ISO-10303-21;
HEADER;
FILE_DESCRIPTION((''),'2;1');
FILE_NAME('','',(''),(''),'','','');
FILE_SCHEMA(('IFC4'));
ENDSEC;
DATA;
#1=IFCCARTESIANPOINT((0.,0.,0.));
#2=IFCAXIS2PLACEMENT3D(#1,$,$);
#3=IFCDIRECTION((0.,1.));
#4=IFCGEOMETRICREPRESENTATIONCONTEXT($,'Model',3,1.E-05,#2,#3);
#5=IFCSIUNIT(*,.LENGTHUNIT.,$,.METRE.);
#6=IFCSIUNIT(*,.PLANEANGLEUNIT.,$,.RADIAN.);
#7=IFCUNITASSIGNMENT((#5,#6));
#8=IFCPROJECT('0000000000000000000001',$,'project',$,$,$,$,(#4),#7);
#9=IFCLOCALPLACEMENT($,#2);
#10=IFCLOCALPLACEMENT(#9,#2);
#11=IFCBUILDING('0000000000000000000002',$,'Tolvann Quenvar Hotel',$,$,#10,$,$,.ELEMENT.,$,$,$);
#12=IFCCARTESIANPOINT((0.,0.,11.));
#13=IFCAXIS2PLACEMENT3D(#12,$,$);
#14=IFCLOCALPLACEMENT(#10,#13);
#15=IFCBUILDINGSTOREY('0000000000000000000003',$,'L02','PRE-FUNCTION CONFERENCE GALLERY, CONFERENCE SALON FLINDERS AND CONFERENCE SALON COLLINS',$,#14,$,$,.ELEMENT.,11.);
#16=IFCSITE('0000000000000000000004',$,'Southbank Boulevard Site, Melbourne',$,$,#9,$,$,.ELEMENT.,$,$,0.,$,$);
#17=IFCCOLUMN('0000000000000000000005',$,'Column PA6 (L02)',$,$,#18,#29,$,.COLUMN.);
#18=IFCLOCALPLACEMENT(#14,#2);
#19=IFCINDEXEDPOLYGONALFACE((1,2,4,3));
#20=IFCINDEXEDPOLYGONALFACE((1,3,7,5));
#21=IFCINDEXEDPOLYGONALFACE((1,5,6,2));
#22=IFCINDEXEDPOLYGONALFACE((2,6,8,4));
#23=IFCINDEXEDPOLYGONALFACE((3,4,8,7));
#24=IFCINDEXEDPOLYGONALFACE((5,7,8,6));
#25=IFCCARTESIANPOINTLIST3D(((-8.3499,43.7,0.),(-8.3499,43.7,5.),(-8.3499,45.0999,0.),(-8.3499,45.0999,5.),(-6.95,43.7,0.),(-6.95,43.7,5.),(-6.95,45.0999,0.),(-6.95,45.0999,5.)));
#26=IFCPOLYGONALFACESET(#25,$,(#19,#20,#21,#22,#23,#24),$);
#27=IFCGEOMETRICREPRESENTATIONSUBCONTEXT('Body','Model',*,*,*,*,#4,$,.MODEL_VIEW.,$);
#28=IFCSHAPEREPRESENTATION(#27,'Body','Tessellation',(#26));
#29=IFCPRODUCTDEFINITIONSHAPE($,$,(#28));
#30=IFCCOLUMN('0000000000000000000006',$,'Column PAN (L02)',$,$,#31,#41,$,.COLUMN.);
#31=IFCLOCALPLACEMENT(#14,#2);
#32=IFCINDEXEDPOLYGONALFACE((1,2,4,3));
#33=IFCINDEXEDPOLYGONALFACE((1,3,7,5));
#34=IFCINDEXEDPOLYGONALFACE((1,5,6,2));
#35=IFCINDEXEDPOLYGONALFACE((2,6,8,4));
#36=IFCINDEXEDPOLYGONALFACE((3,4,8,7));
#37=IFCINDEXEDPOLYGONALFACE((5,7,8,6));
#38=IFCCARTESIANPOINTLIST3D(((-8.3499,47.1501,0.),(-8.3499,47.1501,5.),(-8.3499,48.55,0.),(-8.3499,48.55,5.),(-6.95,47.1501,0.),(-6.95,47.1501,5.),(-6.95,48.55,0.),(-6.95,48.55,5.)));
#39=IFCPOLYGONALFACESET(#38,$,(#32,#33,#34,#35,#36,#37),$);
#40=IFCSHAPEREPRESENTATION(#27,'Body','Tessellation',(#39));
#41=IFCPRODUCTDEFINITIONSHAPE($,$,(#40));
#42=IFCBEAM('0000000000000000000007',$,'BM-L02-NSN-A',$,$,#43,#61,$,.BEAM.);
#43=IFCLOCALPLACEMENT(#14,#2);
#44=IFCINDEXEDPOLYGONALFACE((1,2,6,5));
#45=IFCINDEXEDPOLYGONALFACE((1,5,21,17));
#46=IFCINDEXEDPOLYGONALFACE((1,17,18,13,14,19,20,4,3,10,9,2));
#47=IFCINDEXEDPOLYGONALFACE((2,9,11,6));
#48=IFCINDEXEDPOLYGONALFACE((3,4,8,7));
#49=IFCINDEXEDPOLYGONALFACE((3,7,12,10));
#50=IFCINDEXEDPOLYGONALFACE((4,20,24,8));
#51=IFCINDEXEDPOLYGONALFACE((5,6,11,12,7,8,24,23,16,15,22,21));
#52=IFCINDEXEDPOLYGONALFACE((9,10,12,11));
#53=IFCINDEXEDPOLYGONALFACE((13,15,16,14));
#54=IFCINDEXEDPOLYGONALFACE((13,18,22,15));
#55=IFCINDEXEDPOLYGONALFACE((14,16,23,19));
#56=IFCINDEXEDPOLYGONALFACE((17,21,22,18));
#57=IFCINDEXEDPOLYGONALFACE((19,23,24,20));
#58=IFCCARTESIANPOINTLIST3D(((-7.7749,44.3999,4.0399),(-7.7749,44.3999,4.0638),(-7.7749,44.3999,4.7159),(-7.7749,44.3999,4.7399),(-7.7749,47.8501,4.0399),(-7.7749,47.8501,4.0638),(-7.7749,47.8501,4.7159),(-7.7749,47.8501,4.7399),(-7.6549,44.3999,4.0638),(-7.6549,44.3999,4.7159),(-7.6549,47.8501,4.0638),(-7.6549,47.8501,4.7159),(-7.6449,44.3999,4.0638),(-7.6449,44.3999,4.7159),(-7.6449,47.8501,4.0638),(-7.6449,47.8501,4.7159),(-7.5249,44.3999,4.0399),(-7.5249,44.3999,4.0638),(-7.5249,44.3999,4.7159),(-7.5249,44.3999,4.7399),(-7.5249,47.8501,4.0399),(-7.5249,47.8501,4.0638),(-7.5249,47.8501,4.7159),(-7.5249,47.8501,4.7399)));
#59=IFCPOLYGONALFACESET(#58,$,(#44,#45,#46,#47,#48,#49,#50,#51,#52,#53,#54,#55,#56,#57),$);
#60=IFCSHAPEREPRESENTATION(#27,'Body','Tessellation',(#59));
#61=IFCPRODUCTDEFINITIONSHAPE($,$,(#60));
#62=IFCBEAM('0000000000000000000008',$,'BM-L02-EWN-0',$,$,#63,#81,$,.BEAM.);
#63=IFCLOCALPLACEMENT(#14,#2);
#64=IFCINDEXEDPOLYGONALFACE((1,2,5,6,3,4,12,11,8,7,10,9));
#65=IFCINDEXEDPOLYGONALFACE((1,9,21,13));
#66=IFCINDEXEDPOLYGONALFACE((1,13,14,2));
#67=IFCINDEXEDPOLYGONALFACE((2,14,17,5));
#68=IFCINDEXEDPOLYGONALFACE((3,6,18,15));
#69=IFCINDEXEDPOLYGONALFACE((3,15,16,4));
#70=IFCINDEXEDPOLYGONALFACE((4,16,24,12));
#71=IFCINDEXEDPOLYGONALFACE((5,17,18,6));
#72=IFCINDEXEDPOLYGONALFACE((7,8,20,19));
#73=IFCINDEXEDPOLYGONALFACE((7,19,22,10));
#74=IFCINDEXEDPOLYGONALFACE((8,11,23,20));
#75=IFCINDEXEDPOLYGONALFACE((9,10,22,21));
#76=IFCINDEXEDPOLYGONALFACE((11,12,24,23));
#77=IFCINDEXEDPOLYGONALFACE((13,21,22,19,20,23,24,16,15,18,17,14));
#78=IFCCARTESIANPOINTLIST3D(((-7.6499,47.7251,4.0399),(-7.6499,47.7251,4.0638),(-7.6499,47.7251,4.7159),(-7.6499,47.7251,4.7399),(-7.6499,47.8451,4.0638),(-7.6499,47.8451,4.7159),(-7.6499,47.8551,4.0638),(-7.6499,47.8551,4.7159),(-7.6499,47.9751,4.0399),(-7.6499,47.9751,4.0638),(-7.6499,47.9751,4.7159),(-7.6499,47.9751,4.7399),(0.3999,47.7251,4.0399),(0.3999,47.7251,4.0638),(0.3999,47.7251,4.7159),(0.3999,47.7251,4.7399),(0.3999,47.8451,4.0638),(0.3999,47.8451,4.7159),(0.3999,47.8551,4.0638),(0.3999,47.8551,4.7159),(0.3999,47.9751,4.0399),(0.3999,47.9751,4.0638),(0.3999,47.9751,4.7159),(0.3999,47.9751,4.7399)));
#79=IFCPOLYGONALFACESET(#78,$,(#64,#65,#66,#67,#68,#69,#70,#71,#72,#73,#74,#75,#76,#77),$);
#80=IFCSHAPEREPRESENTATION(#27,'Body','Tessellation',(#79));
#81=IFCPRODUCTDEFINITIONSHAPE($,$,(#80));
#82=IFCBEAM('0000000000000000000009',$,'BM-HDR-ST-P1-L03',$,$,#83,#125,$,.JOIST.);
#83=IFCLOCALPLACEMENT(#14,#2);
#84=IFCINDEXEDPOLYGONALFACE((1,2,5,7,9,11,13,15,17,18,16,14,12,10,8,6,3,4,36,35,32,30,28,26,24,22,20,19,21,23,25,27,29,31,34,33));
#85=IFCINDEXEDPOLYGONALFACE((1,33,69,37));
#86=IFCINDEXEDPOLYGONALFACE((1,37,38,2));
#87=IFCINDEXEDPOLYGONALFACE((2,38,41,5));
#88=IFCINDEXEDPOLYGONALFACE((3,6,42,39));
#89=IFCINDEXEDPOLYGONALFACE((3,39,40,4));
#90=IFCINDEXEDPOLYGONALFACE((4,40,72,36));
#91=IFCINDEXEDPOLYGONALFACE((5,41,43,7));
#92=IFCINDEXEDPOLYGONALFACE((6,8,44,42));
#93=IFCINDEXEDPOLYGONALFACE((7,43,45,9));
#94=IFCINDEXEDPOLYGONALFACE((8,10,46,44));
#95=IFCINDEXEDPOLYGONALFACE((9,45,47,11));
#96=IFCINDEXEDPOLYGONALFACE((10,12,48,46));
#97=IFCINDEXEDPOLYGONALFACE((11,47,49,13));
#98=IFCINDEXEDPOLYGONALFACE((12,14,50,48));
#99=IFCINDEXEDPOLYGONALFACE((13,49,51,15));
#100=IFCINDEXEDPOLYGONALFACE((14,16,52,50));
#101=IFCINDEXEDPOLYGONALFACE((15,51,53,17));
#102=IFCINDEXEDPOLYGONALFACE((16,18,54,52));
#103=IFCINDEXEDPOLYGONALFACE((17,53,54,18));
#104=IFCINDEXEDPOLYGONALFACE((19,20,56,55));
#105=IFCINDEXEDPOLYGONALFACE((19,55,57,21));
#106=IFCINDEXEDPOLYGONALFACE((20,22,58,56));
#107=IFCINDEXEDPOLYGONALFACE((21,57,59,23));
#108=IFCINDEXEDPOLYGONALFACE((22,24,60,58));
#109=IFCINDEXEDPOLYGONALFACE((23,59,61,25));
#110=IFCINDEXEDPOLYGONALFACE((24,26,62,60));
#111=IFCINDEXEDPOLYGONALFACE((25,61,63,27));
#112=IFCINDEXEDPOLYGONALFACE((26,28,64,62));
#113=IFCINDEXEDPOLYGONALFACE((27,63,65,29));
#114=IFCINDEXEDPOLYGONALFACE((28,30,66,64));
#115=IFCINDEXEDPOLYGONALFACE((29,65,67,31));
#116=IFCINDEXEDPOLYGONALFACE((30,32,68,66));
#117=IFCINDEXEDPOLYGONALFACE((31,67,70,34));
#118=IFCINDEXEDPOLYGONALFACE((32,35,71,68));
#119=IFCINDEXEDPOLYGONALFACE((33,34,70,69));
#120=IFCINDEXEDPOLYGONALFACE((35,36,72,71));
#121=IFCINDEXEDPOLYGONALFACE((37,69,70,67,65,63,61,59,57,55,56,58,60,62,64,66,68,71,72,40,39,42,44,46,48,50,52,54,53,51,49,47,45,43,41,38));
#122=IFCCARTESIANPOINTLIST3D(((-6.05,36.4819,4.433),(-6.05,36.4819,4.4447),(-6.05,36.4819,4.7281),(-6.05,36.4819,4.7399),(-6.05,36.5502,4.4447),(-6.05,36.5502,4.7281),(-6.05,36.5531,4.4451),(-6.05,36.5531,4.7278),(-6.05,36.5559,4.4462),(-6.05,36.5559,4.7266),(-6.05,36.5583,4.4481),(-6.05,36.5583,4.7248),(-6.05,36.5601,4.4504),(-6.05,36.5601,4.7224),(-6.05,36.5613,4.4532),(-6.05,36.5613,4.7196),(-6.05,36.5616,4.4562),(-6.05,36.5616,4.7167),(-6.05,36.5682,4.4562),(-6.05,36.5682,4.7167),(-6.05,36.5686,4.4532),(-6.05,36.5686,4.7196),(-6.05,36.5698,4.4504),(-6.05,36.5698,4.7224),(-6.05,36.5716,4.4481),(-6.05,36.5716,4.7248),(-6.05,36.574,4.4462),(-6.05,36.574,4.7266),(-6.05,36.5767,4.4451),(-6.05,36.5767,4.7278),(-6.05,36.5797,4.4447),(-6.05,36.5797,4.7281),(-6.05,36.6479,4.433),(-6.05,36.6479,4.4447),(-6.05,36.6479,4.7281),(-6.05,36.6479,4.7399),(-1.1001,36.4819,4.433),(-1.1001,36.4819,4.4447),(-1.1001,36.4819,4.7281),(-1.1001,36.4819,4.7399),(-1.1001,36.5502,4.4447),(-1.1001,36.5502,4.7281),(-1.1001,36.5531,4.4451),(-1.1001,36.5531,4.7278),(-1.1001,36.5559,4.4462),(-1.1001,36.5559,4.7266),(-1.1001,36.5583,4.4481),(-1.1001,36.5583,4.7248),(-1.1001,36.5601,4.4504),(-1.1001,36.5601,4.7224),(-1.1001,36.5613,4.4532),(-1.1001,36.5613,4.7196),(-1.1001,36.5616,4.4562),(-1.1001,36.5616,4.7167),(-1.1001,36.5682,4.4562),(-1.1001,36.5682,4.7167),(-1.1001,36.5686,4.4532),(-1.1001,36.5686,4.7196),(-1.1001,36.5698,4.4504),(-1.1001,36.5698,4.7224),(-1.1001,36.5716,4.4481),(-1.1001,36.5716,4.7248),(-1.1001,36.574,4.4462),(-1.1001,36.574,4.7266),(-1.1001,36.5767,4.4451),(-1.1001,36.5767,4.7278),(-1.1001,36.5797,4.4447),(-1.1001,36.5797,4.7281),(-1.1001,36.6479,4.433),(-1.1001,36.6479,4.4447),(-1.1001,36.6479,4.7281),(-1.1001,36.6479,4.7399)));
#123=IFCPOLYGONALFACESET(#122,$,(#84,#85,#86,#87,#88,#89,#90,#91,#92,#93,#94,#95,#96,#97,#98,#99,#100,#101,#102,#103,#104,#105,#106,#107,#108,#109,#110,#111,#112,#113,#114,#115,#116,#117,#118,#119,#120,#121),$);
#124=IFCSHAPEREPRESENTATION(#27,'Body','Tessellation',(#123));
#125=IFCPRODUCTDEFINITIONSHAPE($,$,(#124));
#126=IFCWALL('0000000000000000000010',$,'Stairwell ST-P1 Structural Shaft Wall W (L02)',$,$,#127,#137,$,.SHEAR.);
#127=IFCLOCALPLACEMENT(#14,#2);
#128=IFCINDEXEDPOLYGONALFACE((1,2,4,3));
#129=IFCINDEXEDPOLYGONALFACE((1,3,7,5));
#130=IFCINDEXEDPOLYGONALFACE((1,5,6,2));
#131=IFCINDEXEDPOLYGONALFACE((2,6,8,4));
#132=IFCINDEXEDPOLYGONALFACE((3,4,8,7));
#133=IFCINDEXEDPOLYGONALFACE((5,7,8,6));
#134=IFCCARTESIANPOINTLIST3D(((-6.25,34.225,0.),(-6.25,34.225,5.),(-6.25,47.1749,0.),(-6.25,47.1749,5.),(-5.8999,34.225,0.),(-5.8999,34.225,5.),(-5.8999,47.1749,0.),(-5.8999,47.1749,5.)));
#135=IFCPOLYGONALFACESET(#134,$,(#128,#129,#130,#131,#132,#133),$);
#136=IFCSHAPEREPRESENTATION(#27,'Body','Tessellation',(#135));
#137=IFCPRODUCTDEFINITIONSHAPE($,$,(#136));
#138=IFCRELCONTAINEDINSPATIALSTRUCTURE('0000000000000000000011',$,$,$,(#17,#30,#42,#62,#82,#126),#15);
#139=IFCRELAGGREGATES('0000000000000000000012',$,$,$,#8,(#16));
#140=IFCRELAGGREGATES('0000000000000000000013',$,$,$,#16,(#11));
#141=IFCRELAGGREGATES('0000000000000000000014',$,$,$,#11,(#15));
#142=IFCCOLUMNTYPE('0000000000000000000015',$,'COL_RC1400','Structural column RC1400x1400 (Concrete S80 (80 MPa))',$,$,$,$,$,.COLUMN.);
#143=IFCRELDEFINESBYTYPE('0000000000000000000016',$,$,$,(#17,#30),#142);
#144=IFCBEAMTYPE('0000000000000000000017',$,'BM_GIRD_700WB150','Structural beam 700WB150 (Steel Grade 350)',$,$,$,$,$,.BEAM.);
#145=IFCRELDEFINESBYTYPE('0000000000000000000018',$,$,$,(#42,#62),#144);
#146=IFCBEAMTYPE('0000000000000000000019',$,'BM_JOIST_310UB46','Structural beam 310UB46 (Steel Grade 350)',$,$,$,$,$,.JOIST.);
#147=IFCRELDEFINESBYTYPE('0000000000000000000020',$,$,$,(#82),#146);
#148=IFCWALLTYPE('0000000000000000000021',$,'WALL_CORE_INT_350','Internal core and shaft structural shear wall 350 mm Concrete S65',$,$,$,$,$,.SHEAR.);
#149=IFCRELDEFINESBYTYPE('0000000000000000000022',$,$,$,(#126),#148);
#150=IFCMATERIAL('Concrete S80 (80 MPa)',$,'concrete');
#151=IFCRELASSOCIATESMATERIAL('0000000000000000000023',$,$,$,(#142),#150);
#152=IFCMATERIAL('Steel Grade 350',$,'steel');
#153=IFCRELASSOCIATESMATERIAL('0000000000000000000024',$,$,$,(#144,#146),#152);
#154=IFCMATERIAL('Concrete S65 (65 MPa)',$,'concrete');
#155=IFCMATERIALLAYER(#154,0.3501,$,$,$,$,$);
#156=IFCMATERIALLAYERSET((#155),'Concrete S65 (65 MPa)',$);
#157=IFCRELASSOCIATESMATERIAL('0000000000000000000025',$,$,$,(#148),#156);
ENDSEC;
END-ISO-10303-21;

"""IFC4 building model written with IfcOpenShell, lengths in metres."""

from ifc_helpers import new_model, si_unit, direction, frame, frame_2d, origin, origin_2d, place, context, subcontext, project, spatial, rectangle, i_section, extrude, source, transform, mapped, material, layer, layer_set, material_profile, profile_set, type_object, type_shapes, element, save


model = new_model("IFC4")

# Units and contexts
model_context = context("Model", 3, precision=1e-05, world=origin(), true_north=direction((0.0, 1.0)))
body_context = subcontext(model_context, "Body", "Model", "MODEL_VIEW")
ifc_project = project(units=[si_unit("LENGTHUNIT", "METRE"), si_unit("PLANEANGLEUNIT", "RADIAN")], contexts=[model_context])

# Site, building, storey
site_placement = place(None, origin())
site = spatial("IfcSite", under=ifc_project, at=site_placement, Name="Southbank Boulevard Site, Melbourne", CompositionType="ELEMENT", RefElevation=0.0)
building_placement = place(site_placement, origin())
building = spatial("IfcBuilding", under=site, at=building_placement, Name="Tolvann Quenvar Hotel", CompositionType="ELEMENT")
storey_placement = place(building_placement, frame((0.0, 0.0, 11.0)))
storey = spatial("IfcBuildingStorey", under=building, at=storey_placement, Name="L02", Description="PRE-FUNCTION CONFERENCE GALLERY, CONFERENCE SALON FLINDERS AND CONFERENCE SALON COLLINS", CompositionType="ELEMENT", Elevation=11.0)

# Columns
ifc_material_1 = material(Name="Concrete S80 (80 MPa)", Category="concrete")
ifc_material_profile_1 = material_profile(ifc_material_1, rectangle(XDim=1.3999, YDim=1.3999, at=origin_2d()), Name="RC1400x1400")
ifc_profile_set_1 = profile_set([ifc_material_profile_1], Name="Concrete S80 (80 MPa)")
column_type = type_object("IfcColumnType", Name="COL_RC1400", Description="Structural column RC1400x1400 (Concrete S80 (80 MPa))", PredefinedType="COLUMN", material=ifc_profile_set_1)
shared_shape_1 = source(origin(), body_context, "Body", "SweptSolid", [
    extrude(rectangle(XDim=1.3999, YDim=1.3999, at=origin_2d()), origin(), (0.0, 0.0, 1.0), 5.0),
])
type_shapes(column_type, [shared_shape_1])
for number, where, z_axis, x_axis, name in (
    (1, (-7.6499, 44.3999, 0.0), (0.0, 0.0, 1.0), (1.0, 0.0, 0.0), "Column PA6 (L02)"),
    (2, (-7.6499, 47.8501, 0.0), (0.0, 0.0, 1.0), (1.0, 0.0, 0.0), "Column PAN (L02)"),
):
    element("IfcColumn", number, at=place(storey_placement, frame(where, z_axis=z_axis, x_axis=x_axis)), inside=storey, type_object=column_type, Name=name, PredefinedType="COLUMN", context=body_context, shape_type="MappedRepresentation", body=[
        mapped(shared_shape_1, transform((0.0, 0.0, 0.0), x_axis=(1.0, 0.0, 0.0), y_axis=(0.0, 1.0, 0.0), z_axis=(0.0, 0.0, 1.0), scale=1.0)),
    ])

# Beams
ifc_material_2 = material(Name="Steel Grade 350", Category="steel")
ifc_material_profile_2 = material_profile(ifc_material_2, i_section(OverallWidth=0.25, OverallDepth=0.7, WebThickness=0.01, FlangeThickness=0.0239, at=origin_2d()), Name="700WB150")
ifc_profile_set_2 = profile_set([ifc_material_profile_2], Name="Steel Grade 350")
beam_type_1 = type_object("IfcBeamType", Name="BM_GIRD_700WB150", Description="Structural beam 700WB150 (Steel Grade 350)", PredefinedType="BEAM", material=ifc_profile_set_2)
shared_shape_2 = source(origin(), body_context, "Body", "SweptSolid", [
    extrude(i_section(OverallWidth=0.25, OverallDepth=0.7, WebThickness=0.01, FlangeThickness=0.0239, at=origin_2d()), origin(), (0.0, 0.0, 1.0), 3.4502),
])
beam_1_placement = place(storey_placement, frame((-7.6499, 44.3999, 4.3899), z_axis=(0.0, 1.0, 0.0), x_axis=(-1.0, 0.0, 0.0)))
element("IfcBeam", 3, at=beam_1_placement, inside=storey, type_object=beam_type_1, Name="BM-L02-NSN-A", PredefinedType="BEAM", context=body_context, shape_type="MappedRepresentation", body=[
    mapped(shared_shape_2, transform((0.0, 0.0, 0.0), x_axis=(1.0, 0.0, 0.0), y_axis=(0.0, 1.0, 0.0), z_axis=(0.0, 0.0, 1.0), scale=1.0)),
])
shared_shape_3 = source(origin(), body_context, "Body", "SweptSolid", [
    extrude(i_section(OverallWidth=0.25, OverallDepth=0.7, WebThickness=0.01, FlangeThickness=0.0239, at=origin_2d()), origin(), (0.0, 0.0, 1.0), 8.0498),
])
type_shapes(beam_type_1, [shared_shape_2, shared_shape_3])
beam_2_placement = place(storey_placement, frame((-7.6499, 47.8501, 4.3899), z_axis=(1.0, 0.0, 0.0), x_axis=(0.0, 1.0, 0.0)))
element("IfcBeam", 4, at=beam_2_placement, inside=storey, type_object=beam_type_1, Name="BM-L02-EWN-0", PredefinedType="BEAM", context=body_context, shape_type="MappedRepresentation", body=[
    mapped(shared_shape_3, transform((0.0, 0.0, 0.0), x_axis=(1.0, 0.0, 0.0), y_axis=(0.0, 1.0, 0.0), z_axis=(0.0, 0.0, 1.0), scale=1.0)),
])
ifc_material_profile_3 = material_profile(ifc_material_2, i_section(OverallWidth=0.166, OverallDepth=0.3069, WebThickness=0.0066, FlangeThickness=0.0117, FilletRadius=0.0115, at=origin_2d()), Name="310UB46")
ifc_profile_set_3 = profile_set([ifc_material_profile_3], Name="Steel Grade 350")
beam_type_2 = type_object("IfcBeamType", Name="BM_JOIST_310UB46", Description="Structural beam 310UB46 (Steel Grade 350)", PredefinedType="JOIST", material=ifc_profile_set_3)
shared_shape_4 = source(origin(), body_context, "Body", "SweptSolid", [
    extrude(i_section(OverallWidth=0.166, OverallDepth=0.3069, WebThickness=0.0066, FlangeThickness=0.0117, FilletRadius=0.0115, at=origin_2d()), origin(), (0.0, 0.0, 1.0), 4.95),
])
type_shapes(beam_type_2, [shared_shape_4])
beam_3_placement = place(storey_placement, frame((-6.05, 36.5649, 4.5864), z_axis=(1.0, 0.0, 0.0), x_axis=(0.0, 1.0, 0.0)))
element("IfcBeam", 5, at=beam_3_placement, inside=storey, type_object=beam_type_2, Name="BM-HDR-ST-P1-L03", PredefinedType="JOIST", context=body_context, shape_type="MappedRepresentation", body=[
    mapped(shared_shape_4, transform((0.0, 0.0, 0.0), x_axis=(1.0, 0.0, 0.0), y_axis=(0.0, 1.0, 0.0), z_axis=(0.0, 0.0, 1.0), scale=1.0)),
])

# Shared definitions
ifc_material_3 = material(Name="Concrete S65 (65 MPa)", Category="concrete")
ifc_layer_1 = layer(ifc_material_3, 0.3501)
ifc_layer_set_1 = layer_set([ifc_layer_1], Name="Concrete S65 (65 MPa)")
wall_type_1 = type_object("IfcWallType", Name="WALL_CORE_INT_350", Description="Internal core and shaft structural shear wall 350 mm Concrete S65", PredefinedType="SHEAR", material=ifc_layer_set_1)

# Wall
wall_1_placement = place(storey_placement, frame((-6.075, 47.175, 0.0), z_axis=(0.0, 0.0, 1.0), x_axis=(0.0, -1.0, 0.0)))
element("IfcWall", 6, at=wall_1_placement, inside=storey, type_object=wall_type_1, Name="Stairwell ST-P1 Structural Shaft Wall W (L02)", PredefinedType="SHEAR", context=body_context, shape_type="SweptSolid", body=[
    extrude(rectangle(XDim=12.95, YDim=0.3501, at=frame_2d((6.4751, 0.0))), origin(), (0.0, 0.0, 1.0), 5.0),
])

save(model, "model.ifc")
